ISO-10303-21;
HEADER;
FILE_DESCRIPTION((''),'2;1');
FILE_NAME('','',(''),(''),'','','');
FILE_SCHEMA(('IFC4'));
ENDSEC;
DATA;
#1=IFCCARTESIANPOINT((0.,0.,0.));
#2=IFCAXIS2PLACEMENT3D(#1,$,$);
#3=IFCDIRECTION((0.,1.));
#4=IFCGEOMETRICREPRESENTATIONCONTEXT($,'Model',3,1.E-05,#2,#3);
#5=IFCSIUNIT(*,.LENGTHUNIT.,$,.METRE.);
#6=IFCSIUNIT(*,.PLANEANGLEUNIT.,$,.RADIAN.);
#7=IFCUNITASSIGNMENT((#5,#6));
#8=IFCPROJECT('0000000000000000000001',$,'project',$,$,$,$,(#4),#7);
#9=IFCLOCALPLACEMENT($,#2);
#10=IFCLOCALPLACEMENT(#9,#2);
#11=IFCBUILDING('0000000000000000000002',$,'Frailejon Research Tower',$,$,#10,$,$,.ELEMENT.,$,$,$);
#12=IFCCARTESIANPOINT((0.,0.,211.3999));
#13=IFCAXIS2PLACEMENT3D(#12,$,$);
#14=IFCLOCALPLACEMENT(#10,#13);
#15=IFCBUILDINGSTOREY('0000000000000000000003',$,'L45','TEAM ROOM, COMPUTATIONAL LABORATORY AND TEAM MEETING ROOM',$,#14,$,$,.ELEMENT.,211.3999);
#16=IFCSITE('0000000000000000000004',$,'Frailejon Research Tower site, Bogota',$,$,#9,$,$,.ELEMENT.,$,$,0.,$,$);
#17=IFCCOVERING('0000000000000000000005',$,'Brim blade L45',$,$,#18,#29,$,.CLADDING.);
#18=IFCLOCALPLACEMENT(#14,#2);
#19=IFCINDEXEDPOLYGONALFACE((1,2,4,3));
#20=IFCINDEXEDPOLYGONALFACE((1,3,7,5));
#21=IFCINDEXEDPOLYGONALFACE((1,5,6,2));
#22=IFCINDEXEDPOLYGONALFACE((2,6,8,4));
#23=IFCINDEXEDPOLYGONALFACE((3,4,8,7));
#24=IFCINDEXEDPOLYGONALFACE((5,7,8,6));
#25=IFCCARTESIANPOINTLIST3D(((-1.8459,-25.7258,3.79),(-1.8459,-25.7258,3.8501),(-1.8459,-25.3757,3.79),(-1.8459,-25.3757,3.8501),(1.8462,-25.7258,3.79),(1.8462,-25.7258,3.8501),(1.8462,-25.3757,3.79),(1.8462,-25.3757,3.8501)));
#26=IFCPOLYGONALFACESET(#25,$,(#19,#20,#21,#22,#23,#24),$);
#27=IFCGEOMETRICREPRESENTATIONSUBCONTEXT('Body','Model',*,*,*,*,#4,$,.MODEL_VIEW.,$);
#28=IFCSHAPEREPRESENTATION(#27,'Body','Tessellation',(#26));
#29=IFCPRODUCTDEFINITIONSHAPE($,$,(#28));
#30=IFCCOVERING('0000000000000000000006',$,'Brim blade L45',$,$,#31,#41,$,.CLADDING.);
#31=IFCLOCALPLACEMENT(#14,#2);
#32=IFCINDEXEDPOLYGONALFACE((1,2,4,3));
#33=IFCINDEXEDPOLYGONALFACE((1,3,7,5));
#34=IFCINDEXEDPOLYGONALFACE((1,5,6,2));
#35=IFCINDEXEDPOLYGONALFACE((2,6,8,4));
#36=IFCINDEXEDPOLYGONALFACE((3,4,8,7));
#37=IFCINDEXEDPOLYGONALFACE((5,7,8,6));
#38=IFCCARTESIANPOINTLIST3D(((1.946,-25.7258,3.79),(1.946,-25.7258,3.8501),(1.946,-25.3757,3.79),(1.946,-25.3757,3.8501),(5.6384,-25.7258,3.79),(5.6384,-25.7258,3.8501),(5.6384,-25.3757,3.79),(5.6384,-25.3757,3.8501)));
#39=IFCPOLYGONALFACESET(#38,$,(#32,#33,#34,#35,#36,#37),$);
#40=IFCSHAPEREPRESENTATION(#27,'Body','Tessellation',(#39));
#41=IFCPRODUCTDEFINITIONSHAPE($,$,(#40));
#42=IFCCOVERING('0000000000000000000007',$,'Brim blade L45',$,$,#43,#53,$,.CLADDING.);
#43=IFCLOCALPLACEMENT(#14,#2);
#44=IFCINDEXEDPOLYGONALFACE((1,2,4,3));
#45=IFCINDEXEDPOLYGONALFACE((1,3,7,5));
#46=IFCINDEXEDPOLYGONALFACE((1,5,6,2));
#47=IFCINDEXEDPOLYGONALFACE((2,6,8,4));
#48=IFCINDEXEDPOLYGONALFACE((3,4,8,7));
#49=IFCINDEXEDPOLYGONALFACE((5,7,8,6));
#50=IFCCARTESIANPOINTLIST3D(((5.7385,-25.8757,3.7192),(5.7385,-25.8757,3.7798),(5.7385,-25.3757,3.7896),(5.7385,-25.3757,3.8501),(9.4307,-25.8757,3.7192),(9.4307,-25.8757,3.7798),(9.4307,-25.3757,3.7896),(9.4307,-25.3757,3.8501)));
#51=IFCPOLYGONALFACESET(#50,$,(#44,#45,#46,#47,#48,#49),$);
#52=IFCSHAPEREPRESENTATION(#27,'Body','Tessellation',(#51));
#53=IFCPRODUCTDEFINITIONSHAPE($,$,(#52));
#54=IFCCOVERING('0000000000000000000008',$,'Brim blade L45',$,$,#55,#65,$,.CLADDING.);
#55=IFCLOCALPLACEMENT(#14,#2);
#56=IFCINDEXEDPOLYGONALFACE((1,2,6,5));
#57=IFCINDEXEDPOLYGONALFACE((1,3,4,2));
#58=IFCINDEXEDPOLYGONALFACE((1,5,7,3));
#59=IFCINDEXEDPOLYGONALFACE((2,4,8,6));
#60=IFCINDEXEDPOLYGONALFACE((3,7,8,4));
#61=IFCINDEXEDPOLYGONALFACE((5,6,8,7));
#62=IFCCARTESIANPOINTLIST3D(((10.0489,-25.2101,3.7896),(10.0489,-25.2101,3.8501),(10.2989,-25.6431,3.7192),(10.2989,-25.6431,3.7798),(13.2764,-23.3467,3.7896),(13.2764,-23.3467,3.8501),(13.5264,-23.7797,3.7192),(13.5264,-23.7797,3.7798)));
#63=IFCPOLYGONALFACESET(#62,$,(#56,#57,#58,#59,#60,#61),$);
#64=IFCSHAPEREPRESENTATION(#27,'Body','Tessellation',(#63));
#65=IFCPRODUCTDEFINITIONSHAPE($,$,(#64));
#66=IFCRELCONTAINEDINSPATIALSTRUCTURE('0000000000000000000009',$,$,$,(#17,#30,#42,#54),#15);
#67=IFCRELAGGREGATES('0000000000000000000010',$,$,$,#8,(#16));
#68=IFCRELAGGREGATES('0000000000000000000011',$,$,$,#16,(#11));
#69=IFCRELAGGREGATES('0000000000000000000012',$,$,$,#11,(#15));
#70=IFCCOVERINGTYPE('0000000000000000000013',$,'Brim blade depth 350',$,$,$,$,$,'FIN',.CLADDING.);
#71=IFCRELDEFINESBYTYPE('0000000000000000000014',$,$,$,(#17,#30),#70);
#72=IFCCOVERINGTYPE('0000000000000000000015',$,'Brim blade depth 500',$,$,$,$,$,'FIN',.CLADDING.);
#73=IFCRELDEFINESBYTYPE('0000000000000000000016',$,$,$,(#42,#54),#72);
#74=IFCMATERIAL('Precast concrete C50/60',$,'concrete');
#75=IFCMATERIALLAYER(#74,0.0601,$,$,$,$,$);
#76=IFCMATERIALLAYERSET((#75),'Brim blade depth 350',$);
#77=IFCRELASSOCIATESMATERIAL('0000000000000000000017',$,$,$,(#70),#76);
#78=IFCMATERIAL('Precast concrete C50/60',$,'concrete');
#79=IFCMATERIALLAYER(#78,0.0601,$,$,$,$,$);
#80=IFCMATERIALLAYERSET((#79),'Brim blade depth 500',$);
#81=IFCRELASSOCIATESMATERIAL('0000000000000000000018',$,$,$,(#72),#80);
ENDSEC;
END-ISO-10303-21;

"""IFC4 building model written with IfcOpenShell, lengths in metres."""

from ifc_helpers import new_model, si_unit, direction, frame, origin, place, context, subcontext, project, spatial, polyline, outline, extrude, material, layer, layer_set, type_object, element, save


model = new_model("IFC4")

# Units and contexts
model_context = context("Model", 3, precision=1e-05, world=origin(), true_north=direction((0.0, 1.0)))
body_context = subcontext(model_context, "Body", "Model", "MODEL_VIEW")
ifc_project = project(units=[si_unit("LENGTHUNIT", "METRE"), si_unit("PLANEANGLEUNIT", "RADIAN")], contexts=[model_context])

# Site, building, storey
site_placement = place(None, origin())
site = spatial("IfcSite", under=ifc_project, at=site_placement, Name="Frailejon Research Tower site, Bogota", CompositionType="ELEMENT", RefElevation=0.0)
building_placement = place(site_placement, origin())
building = spatial("IfcBuilding", under=site, at=building_placement, Name="Frailejon Research Tower", CompositionType="ELEMENT")
storey_placement = place(building_placement, frame((0.0, 0.0, 211.3999)))
storey = spatial("IfcBuildingStorey", under=building, at=storey_placement, Name="L45", Description="TEAM ROOM, COMPUTATIONAL LABORATORY AND TEAM MEETING ROOM", CompositionType="ELEMENT", Elevation=211.3999)

# Coverings
ifc_material_1 = material(Name="Precast concrete C50/60", Category="concrete")
ifc_layer_1 = layer(ifc_material_1, 0.0601)
ifc_layer_set_1 = layer_set([ifc_layer_1], Name="Brim blade depth 350")
covering_type_1 = type_object("IfcCoveringType", Name="Brim blade depth 350", ElementType="FIN", PredefinedType="CLADDING", material=ifc_layer_set_1)
covering_1_placement = place(storey_placement, frame((1.8462, -25.3757, 3.8501), z_axis=(-1.0, 0.0, 0.0), x_axis=(0.0, -1.0, 0.0)))
element("IfcCovering", 1, at=covering_1_placement, inside=storey, type_object=covering_type_1, Name="Brim blade L45", PredefinedType="CLADDING", context=body_context, shape_type="SweptSolid", body=[
    extrude(outline(polyline([(0.0, -0.0601), (0.3501, -0.0601), (0.3501, 0.0), (0.0, 0.0), (0.0, -0.0601)])), origin(), (0.0, 0.0, 1.0), 3.6921),
])
covering_2_placement = place(storey_placement, frame((5.6384, -25.3757, 3.8501), z_axis=(-1.0, 0.0, 0.0), x_axis=(0.0, -1.0, 0.0)))
element("IfcCovering", 2, at=covering_2_placement, inside=storey, type_object=covering_type_1, Name="Brim blade L45", PredefinedType="CLADDING", context=body_context, shape_type="SweptSolid", body=[
    extrude(outline(polyline([(0.0, -0.0601), (0.3501, -0.0601), (0.3501, 0.0), (0.0, 0.0), (0.0, -0.0601)])), origin(), (0.0, 0.0, 1.0), 3.6924),
])
ifc_material_2 = material(Name="Precast concrete C50/60", Category="concrete")
ifc_layer_2 = layer(ifc_material_2, 0.0601)
ifc_layer_set_2 = layer_set([ifc_layer_2], Name="Brim blade depth 500")
covering_type_2 = type_object("IfcCoveringType", Name="Brim blade depth 500", ElementType="FIN", PredefinedType="CLADDING", material=ifc_layer_set_2)
covering_3_placement = place(storey_placement, frame((9.4307, -25.3757, 3.8501), z_axis=(-1.0, 0.0, 0.0), x_axis=(0.0, -1.0, 0.0)))
element("IfcCovering", 3, at=covering_3_placement, inside=storey, type_object=covering_type_2, Name="Brim blade L45", PredefinedType="CLADDING", context=body_context, shape_type="SweptSolid", body=[
    extrude(outline(polyline([(0.0, -0.0605), (0.5, -0.1309), (0.5, -0.0703), (0.0, 0.0), (0.0, -0.0605)])), origin(), (0.0, 0.0, 1.0), 3.6921),
])
covering_4_placement = place(storey_placement, frame((13.2764, -23.3467, 3.8501), z_axis=(-0.866018, -0.500012, 0.0), x_axis=(0.500012, -0.866018, 0.0)))
element("IfcCovering", 4, at=covering_4_placement, inside=storey, type_object=covering_type_2, Name="Brim blade L45", PredefinedType="CLADDING", context=body_context, shape_type="SweptSolid", body=[
    extrude(outline(polyline([(0.0, -0.0605), (0.5, -0.1309), (0.5, -0.0703), (0.0, 0.0), (0.0, -0.0605)])), origin(), (0.0, 0.0, 1.0), 3.7268),
])

save(model, "model.ifc")
